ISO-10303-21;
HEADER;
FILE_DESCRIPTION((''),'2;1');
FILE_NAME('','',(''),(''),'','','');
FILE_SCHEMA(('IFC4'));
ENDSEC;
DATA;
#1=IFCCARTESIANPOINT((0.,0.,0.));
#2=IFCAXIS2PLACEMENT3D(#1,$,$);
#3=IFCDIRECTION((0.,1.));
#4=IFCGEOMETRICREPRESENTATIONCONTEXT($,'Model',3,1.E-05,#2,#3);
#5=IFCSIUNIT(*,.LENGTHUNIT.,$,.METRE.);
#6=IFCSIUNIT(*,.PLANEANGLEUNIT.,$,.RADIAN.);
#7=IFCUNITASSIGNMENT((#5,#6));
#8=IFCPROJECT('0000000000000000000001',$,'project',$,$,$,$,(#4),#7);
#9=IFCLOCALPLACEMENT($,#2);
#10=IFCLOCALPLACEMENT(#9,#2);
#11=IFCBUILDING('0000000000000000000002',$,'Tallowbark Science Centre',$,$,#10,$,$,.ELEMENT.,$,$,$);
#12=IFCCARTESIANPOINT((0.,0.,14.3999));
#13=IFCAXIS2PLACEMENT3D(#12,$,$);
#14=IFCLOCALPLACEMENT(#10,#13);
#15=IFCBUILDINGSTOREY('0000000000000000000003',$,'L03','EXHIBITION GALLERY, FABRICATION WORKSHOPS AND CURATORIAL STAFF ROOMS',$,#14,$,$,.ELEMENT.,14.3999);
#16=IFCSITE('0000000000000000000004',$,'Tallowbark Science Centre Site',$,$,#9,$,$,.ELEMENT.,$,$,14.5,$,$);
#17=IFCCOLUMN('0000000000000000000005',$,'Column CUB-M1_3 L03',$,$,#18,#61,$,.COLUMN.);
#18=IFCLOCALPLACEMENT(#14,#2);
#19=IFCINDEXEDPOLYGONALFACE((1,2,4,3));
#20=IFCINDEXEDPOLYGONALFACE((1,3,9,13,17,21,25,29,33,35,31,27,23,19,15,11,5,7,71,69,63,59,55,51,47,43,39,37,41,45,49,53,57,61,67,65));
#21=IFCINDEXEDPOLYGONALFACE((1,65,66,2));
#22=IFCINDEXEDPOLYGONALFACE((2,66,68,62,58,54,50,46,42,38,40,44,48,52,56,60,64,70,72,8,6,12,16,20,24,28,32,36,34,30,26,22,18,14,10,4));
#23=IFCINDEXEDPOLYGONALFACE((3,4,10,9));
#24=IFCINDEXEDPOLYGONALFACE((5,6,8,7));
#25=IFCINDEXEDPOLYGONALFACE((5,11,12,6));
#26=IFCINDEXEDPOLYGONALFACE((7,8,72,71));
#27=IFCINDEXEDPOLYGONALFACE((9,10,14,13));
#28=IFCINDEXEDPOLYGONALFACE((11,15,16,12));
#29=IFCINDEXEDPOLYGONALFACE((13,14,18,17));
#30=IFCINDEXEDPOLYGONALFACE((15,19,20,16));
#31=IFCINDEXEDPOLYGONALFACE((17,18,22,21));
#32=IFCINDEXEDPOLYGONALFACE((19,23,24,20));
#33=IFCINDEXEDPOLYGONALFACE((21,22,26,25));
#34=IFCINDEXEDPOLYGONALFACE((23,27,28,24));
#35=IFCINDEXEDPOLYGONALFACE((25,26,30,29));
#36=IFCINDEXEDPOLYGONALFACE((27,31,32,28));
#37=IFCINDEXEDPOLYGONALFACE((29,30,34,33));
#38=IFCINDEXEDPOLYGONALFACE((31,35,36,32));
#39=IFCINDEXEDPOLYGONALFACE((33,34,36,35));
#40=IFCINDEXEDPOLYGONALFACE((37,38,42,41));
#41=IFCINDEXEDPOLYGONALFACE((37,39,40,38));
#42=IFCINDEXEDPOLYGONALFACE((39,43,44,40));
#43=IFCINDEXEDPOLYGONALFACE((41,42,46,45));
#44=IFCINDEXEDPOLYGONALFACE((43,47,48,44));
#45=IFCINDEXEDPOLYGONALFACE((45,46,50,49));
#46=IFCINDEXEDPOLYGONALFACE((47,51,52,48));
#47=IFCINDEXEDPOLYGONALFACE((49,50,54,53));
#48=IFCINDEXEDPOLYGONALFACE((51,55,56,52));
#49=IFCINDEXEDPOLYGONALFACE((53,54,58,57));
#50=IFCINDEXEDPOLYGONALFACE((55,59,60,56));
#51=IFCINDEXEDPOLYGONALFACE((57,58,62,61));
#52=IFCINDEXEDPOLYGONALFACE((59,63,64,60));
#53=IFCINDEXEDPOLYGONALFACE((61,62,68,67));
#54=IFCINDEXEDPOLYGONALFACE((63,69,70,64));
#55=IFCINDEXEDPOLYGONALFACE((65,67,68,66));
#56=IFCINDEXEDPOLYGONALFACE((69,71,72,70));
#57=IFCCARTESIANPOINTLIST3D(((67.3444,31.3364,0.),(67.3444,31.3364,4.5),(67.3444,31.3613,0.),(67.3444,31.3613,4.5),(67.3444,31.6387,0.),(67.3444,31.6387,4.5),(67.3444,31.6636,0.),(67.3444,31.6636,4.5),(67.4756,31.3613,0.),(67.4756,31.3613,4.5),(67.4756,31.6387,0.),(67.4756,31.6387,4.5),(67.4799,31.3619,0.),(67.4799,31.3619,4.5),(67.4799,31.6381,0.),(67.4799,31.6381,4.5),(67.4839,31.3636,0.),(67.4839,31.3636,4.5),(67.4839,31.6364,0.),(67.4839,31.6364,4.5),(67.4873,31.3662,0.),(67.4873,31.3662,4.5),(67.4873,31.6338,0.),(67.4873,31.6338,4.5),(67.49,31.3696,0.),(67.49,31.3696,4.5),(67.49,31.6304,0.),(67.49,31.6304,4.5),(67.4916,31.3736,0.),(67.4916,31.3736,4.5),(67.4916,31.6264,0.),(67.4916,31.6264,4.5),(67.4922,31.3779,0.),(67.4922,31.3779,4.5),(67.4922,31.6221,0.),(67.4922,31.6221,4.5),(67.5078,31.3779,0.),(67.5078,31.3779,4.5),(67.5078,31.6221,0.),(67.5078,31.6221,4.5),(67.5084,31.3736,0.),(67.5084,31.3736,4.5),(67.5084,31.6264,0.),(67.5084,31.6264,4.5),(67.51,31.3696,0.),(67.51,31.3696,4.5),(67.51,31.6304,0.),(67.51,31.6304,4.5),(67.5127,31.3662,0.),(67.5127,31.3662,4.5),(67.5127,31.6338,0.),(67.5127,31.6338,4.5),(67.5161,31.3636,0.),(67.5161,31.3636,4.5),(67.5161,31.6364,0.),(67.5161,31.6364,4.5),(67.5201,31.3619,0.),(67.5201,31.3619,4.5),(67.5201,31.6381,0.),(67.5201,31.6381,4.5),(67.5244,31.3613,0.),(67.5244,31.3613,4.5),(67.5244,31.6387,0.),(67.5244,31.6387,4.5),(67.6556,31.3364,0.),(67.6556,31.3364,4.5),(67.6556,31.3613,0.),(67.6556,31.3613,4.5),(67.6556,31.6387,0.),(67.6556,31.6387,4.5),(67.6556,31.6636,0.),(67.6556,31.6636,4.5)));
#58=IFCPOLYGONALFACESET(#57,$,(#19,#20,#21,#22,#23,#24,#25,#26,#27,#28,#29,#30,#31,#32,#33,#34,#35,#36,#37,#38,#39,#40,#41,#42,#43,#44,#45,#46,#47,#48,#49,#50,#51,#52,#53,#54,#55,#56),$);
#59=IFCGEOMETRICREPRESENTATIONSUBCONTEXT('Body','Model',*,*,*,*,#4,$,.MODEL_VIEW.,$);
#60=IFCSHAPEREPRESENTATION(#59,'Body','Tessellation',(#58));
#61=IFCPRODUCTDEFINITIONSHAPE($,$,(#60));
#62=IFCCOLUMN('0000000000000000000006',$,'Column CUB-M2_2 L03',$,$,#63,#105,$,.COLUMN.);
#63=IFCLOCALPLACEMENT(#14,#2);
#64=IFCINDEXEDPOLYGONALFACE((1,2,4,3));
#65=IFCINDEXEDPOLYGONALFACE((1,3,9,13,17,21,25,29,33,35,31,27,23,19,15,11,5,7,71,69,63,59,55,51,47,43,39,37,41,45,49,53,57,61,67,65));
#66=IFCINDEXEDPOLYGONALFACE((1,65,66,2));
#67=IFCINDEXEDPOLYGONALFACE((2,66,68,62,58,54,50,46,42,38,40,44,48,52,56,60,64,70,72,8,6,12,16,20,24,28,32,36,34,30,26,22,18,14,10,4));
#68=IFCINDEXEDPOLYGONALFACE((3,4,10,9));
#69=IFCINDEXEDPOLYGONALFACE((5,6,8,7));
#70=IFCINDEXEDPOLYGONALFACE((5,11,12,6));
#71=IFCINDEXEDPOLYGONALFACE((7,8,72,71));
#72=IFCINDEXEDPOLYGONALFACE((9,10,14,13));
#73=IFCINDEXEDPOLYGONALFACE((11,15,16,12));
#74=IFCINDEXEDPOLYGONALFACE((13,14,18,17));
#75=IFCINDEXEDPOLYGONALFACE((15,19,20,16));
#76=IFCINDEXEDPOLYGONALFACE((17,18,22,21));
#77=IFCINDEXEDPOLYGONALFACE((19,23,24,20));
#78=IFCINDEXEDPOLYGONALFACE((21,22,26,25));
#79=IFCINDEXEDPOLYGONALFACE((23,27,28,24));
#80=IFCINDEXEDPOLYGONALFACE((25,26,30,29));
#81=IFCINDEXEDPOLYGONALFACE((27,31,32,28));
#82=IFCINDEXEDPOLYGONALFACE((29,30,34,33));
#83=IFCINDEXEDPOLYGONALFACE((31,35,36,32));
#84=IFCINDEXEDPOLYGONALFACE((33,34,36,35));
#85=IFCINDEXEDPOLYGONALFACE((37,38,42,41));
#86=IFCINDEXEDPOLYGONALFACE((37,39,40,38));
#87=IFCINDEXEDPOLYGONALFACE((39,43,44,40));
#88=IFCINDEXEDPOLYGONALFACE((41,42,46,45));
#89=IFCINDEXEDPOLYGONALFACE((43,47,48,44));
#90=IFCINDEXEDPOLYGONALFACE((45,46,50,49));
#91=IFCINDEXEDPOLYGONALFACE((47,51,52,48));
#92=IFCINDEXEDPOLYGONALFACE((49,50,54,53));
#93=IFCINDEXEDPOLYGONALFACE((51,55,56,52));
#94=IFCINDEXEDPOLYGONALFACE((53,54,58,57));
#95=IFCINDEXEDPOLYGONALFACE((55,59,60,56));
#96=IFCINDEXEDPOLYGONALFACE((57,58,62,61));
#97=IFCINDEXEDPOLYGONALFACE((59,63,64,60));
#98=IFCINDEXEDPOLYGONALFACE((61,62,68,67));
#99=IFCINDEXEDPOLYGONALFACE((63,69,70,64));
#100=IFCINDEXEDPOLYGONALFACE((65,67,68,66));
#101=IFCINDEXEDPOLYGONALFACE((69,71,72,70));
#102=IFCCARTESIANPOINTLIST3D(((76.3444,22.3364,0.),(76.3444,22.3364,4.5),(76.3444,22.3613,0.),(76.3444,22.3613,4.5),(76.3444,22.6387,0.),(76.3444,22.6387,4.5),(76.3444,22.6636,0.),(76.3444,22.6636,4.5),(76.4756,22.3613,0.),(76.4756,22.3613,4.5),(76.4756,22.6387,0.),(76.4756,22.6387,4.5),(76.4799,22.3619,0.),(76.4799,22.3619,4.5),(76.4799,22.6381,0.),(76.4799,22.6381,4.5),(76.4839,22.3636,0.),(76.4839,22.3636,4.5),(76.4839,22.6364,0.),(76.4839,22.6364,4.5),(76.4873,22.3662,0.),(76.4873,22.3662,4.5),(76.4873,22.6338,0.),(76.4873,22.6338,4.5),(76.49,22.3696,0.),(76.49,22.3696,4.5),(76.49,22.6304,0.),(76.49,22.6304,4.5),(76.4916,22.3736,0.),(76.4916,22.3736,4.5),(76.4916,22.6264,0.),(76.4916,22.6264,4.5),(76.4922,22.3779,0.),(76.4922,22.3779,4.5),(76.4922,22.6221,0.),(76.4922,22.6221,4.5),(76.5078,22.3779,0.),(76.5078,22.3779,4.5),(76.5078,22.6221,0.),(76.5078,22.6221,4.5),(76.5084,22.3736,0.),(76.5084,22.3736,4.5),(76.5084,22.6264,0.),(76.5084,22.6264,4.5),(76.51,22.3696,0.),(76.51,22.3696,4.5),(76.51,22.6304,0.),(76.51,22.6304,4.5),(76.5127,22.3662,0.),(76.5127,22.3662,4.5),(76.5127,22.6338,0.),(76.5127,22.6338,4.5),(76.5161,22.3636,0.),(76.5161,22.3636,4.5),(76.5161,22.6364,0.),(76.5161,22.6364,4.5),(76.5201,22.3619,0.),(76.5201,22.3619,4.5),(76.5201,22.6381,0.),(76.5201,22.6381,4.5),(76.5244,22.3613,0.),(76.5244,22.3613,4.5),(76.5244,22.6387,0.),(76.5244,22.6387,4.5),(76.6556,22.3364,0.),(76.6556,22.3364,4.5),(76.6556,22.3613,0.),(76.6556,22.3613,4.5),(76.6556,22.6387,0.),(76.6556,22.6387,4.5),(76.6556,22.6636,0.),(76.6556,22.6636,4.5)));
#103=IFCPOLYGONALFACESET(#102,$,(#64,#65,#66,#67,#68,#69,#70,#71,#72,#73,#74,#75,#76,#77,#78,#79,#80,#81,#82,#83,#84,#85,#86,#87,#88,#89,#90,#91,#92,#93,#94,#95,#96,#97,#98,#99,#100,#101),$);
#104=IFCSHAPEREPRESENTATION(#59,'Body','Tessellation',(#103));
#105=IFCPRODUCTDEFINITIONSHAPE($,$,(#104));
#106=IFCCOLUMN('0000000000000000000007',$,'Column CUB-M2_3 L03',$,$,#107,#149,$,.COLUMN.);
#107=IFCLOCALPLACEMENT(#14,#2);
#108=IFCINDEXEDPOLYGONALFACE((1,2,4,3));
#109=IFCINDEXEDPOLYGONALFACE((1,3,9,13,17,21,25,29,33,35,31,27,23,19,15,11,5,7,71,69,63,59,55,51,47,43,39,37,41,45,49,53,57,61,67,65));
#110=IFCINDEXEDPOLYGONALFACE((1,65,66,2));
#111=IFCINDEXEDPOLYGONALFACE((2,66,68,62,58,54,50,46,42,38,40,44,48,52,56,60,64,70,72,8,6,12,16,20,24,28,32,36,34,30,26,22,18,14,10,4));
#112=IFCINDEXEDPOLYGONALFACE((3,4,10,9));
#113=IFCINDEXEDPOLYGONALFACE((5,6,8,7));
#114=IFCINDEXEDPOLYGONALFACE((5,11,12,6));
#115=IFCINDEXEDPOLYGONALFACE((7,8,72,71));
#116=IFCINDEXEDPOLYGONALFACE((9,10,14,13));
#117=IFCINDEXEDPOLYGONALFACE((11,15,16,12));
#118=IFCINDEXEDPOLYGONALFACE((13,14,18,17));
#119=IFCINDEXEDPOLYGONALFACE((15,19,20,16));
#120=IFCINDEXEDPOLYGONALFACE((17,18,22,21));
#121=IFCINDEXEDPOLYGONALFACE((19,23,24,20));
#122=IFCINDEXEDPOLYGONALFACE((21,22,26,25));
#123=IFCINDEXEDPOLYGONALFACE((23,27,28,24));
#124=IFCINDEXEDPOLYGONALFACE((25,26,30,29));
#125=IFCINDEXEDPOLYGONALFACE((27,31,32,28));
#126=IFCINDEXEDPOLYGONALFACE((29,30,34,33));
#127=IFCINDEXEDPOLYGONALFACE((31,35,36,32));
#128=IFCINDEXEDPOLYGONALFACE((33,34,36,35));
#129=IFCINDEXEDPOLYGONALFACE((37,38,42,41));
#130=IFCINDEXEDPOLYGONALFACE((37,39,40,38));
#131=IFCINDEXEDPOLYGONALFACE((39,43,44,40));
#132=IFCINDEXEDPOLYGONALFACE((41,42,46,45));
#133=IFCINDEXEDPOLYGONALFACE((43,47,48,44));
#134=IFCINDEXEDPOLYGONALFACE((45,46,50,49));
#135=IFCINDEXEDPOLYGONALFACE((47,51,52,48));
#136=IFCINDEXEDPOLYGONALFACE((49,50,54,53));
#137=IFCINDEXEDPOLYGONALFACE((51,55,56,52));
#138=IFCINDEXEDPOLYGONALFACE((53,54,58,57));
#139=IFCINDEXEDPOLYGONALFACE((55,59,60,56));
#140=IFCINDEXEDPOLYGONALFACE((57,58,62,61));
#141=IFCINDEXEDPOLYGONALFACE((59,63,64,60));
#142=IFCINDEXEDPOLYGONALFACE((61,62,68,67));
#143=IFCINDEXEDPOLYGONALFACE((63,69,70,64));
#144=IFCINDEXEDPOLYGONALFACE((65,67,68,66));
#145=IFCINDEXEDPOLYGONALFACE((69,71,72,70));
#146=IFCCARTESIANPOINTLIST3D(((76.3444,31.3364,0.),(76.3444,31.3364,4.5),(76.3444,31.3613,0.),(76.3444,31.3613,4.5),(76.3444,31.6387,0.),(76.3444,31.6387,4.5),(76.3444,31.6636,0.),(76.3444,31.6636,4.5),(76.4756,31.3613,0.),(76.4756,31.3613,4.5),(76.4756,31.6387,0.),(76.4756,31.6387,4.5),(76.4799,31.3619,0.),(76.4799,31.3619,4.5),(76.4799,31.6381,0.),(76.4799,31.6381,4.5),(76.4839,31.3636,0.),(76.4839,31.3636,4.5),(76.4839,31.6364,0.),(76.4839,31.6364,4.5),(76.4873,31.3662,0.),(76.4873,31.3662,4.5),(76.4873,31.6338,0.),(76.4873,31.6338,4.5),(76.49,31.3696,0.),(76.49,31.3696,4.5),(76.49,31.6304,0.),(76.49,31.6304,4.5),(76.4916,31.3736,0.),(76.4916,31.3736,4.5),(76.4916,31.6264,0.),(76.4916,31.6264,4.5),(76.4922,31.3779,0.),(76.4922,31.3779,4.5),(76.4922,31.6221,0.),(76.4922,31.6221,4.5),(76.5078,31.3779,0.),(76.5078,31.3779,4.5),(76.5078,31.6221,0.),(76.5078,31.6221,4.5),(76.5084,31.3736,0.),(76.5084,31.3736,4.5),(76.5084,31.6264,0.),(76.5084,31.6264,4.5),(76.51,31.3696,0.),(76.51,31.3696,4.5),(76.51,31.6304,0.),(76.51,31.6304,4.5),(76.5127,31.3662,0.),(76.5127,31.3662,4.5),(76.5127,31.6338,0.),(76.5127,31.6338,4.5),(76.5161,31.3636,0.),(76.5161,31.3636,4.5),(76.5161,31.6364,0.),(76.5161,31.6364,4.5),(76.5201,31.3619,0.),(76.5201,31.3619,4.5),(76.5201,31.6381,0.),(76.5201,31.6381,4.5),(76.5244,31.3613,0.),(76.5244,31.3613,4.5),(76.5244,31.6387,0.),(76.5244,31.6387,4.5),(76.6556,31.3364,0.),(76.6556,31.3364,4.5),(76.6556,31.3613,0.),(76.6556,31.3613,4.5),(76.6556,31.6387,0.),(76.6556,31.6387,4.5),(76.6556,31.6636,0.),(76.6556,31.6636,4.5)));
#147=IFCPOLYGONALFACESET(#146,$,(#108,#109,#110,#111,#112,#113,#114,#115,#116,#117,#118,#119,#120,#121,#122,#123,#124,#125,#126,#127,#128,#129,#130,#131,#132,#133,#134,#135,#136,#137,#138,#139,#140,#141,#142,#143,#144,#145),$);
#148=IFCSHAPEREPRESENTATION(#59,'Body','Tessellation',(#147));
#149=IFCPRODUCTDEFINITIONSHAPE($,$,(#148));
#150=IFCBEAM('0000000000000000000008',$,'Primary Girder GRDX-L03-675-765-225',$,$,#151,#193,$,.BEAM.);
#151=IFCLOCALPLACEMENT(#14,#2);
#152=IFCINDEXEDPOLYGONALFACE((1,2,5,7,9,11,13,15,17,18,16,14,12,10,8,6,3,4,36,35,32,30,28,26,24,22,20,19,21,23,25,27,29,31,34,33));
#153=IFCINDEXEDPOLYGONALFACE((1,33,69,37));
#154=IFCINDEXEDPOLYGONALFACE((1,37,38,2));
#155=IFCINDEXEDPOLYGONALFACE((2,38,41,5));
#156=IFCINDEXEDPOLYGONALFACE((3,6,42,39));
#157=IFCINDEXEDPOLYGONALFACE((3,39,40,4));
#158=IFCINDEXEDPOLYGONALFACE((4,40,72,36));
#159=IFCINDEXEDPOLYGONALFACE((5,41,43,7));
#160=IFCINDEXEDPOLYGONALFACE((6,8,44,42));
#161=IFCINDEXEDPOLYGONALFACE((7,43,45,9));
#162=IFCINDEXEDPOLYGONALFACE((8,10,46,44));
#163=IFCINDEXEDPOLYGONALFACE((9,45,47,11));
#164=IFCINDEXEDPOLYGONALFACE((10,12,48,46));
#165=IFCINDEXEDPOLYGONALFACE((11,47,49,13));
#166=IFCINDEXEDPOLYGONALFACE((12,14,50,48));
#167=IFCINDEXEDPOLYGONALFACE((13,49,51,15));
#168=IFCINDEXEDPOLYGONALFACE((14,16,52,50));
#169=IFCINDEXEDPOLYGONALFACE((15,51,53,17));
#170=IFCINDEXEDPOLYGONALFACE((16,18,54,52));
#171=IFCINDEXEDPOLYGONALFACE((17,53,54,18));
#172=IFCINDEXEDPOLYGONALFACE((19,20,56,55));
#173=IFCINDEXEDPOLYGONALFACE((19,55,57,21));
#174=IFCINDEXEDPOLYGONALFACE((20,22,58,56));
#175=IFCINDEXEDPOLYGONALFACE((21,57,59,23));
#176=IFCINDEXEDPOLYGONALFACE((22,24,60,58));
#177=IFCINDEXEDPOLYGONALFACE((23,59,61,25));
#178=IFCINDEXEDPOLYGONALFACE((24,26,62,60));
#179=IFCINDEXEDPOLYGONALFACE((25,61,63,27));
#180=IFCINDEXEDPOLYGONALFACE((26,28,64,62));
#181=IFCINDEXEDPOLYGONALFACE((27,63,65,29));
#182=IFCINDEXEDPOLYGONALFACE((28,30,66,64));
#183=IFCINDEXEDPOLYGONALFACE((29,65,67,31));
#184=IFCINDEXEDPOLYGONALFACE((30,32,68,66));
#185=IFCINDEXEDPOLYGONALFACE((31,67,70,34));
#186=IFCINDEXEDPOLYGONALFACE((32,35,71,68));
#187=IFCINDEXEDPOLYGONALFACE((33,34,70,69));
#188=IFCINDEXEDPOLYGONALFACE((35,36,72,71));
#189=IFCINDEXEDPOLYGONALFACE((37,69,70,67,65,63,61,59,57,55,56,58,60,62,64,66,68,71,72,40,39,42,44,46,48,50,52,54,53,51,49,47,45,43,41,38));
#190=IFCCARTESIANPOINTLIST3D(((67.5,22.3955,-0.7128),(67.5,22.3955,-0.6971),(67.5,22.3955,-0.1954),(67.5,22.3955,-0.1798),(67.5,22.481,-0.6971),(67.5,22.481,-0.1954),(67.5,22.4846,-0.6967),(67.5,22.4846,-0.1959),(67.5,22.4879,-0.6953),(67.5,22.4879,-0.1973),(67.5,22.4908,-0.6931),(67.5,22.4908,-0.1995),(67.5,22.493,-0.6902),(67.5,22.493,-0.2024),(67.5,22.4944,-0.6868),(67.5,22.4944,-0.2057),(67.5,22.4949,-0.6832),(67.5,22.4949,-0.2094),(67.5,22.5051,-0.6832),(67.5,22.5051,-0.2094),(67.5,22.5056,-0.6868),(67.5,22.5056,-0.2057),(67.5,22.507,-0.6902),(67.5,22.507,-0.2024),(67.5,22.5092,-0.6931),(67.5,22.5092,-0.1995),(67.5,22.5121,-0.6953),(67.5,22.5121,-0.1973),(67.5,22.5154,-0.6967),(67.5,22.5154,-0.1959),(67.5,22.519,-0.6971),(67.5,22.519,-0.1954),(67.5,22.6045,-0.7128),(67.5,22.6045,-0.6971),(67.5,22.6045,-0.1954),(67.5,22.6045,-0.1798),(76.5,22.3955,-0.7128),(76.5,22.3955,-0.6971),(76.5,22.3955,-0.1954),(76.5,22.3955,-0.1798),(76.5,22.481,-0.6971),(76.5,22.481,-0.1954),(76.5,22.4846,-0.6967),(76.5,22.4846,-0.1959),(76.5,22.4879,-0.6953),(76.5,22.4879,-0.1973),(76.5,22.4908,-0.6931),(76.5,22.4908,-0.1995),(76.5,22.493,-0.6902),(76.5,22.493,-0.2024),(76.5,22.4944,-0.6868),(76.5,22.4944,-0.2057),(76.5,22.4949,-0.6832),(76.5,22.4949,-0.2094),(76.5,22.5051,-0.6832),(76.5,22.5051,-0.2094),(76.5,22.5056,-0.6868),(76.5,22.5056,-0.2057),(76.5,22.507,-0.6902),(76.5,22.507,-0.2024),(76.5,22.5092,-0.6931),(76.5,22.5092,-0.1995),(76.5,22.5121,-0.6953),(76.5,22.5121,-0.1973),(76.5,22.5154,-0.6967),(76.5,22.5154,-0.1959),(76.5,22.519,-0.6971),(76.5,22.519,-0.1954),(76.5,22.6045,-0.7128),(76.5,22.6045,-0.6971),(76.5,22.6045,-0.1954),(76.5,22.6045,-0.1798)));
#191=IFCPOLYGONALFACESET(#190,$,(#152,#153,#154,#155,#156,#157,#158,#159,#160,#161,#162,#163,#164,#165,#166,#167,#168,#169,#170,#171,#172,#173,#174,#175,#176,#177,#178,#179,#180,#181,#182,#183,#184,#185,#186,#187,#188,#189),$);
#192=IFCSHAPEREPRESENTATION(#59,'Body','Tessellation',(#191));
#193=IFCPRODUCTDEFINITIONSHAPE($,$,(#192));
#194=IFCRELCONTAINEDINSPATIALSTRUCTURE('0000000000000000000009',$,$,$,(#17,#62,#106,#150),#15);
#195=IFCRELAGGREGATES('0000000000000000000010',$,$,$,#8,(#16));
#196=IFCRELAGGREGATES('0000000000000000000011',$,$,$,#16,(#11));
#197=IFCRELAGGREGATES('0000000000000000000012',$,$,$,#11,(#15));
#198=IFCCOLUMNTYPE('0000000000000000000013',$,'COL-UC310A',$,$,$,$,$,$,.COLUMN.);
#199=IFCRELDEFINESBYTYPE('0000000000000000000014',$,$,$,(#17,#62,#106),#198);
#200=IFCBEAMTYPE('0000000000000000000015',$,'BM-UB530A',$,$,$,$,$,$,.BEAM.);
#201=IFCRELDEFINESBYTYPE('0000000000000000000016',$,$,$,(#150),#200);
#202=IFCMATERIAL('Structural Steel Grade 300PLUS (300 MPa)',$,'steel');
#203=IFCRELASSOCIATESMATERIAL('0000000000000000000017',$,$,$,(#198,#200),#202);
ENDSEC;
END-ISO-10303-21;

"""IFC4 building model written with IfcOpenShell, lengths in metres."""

from ifc_helpers import new_model, si_unit, direction, frame, origin, origin_2d, place, context, subcontext, project, spatial, i_section, extrude, material, material_profile, profile_set, type_object, element, save


model = new_model("IFC4")

# Units and contexts
model_context = context("Model", 3, precision=1e-05, world=origin(), true_north=direction((0.0, 1.0)))
body_context = subcontext(model_context, "Body", "Model", "MODEL_VIEW")
ifc_project = project(units=[si_unit("LENGTHUNIT", "METRE"), si_unit("PLANEANGLEUNIT", "RADIAN")], contexts=[model_context])

# Site, building, storey
site_placement = place(None, origin())
site = spatial("IfcSite", under=ifc_project, at=site_placement, Name="Tallowbark Science Centre Site", CompositionType="ELEMENT", RefElevation=14.5)
building_placement = place(site_placement, origin())
building = spatial("IfcBuilding", under=site, at=building_placement, Name="Tallowbark Science Centre", CompositionType="ELEMENT")
storey_placement = place(building_placement, frame((0.0, 0.0, 14.3999)))
storey = spatial("IfcBuildingStorey", under=building, at=storey_placement, Name="L03", Description="EXHIBITION GALLERY, FABRICATION WORKSHOPS AND CURATORIAL STAFF ROOMS", CompositionType="ELEMENT", Elevation=14.3999)

# Columns
ifc_material_1 = material(Name="Structural Steel Grade 300PLUS (300 MPa)", Category="steel")
ifc_material_profile_1 = material_profile(ifc_material_1, i_section(OverallWidth=0.3113, OverallDepth=0.3271, WebThickness=0.0156, FlangeThickness=0.0249, FilletRadius=0.0166, at=origin_2d()), Name="310UC158")
ifc_profile_set_1 = profile_set([ifc_material_profile_1], Name="Structural Steel Grade 300PLUS (300 MPa)")
column_type = type_object("IfcColumnType", Name="COL-UC310A", PredefinedType="COLUMN", material=ifc_profile_set_1)
for number, where, z_axis, x_axis, name in (
    (1, (67.5, 31.5, 0.0), (0.0, 0.0, 1.0), (1.0, 0.0, 0.0), "Column CUB-M1_3 L03"),
    (2, (76.5, 22.5, 0.0), (0.0, 0.0, 1.0), (1.0, 0.0, 0.0), "Column CUB-M2_2 L03"),
    (3, (76.5, 31.5, 0.0), (0.0, 0.0, 1.0), (1.0, 0.0, 0.0), "Column CUB-M2_3 L03"),
):
    element("IfcColumn", number, at=place(storey_placement, frame(where, z_axis=z_axis, x_axis=x_axis)), inside=storey, type_object=column_type, Name=name, PredefinedType="COLUMN", context=body_context, shape_type="SweptSolid", body=[
        extrude(i_section(OverallWidth=0.3113, OverallDepth=0.3271, WebThickness=0.0156, FlangeThickness=0.0249, FilletRadius=0.0166, at=origin_2d()), origin(), (0.0, 0.0, 1.0), 4.5),
    ])

# Beam
ifc_material_profile_2 = material_profile(ifc_material_1, i_section(OverallWidth=0.209, OverallDepth=0.533, WebThickness=0.0103, FlangeThickness=0.0156, FilletRadius=0.0139, at=origin_2d()), Name="530UB92.4")
ifc_profile_set_2 = profile_set([ifc_material_profile_2], Name="Structural Steel Grade 300PLUS (300 MPa)")
beam_type_1 = type_object("IfcBeamType", Name="BM-UB530A", PredefinedType="BEAM", material=ifc_profile_set_2)
for number, where, z_axis, x_axis, name in (
    (4, (67.5, 22.5, -0.4463), (1.0, 0.0, 0.0), (0.0, 1.0, 0.0), "Primary Girder GRDX-L03-675-765-225"),
):
    element("IfcBeam", number, at=place(storey_placement, frame(where, z_axis=z_axis, x_axis=x_axis)), inside=storey, type_object=beam_type_1, Name=name, PredefinedType="BEAM", context=body_context, shape_type="SweptSolid", body=[
        extrude(i_section(OverallWidth=0.209, OverallDepth=0.533, WebThickness=0.0103, FlangeThickness=0.0156, FilletRadius=0.0139, at=origin_2d()), origin(), (0.0, 0.0, 1.0), 9.0),
    ])

save(model, "model.ifc")
